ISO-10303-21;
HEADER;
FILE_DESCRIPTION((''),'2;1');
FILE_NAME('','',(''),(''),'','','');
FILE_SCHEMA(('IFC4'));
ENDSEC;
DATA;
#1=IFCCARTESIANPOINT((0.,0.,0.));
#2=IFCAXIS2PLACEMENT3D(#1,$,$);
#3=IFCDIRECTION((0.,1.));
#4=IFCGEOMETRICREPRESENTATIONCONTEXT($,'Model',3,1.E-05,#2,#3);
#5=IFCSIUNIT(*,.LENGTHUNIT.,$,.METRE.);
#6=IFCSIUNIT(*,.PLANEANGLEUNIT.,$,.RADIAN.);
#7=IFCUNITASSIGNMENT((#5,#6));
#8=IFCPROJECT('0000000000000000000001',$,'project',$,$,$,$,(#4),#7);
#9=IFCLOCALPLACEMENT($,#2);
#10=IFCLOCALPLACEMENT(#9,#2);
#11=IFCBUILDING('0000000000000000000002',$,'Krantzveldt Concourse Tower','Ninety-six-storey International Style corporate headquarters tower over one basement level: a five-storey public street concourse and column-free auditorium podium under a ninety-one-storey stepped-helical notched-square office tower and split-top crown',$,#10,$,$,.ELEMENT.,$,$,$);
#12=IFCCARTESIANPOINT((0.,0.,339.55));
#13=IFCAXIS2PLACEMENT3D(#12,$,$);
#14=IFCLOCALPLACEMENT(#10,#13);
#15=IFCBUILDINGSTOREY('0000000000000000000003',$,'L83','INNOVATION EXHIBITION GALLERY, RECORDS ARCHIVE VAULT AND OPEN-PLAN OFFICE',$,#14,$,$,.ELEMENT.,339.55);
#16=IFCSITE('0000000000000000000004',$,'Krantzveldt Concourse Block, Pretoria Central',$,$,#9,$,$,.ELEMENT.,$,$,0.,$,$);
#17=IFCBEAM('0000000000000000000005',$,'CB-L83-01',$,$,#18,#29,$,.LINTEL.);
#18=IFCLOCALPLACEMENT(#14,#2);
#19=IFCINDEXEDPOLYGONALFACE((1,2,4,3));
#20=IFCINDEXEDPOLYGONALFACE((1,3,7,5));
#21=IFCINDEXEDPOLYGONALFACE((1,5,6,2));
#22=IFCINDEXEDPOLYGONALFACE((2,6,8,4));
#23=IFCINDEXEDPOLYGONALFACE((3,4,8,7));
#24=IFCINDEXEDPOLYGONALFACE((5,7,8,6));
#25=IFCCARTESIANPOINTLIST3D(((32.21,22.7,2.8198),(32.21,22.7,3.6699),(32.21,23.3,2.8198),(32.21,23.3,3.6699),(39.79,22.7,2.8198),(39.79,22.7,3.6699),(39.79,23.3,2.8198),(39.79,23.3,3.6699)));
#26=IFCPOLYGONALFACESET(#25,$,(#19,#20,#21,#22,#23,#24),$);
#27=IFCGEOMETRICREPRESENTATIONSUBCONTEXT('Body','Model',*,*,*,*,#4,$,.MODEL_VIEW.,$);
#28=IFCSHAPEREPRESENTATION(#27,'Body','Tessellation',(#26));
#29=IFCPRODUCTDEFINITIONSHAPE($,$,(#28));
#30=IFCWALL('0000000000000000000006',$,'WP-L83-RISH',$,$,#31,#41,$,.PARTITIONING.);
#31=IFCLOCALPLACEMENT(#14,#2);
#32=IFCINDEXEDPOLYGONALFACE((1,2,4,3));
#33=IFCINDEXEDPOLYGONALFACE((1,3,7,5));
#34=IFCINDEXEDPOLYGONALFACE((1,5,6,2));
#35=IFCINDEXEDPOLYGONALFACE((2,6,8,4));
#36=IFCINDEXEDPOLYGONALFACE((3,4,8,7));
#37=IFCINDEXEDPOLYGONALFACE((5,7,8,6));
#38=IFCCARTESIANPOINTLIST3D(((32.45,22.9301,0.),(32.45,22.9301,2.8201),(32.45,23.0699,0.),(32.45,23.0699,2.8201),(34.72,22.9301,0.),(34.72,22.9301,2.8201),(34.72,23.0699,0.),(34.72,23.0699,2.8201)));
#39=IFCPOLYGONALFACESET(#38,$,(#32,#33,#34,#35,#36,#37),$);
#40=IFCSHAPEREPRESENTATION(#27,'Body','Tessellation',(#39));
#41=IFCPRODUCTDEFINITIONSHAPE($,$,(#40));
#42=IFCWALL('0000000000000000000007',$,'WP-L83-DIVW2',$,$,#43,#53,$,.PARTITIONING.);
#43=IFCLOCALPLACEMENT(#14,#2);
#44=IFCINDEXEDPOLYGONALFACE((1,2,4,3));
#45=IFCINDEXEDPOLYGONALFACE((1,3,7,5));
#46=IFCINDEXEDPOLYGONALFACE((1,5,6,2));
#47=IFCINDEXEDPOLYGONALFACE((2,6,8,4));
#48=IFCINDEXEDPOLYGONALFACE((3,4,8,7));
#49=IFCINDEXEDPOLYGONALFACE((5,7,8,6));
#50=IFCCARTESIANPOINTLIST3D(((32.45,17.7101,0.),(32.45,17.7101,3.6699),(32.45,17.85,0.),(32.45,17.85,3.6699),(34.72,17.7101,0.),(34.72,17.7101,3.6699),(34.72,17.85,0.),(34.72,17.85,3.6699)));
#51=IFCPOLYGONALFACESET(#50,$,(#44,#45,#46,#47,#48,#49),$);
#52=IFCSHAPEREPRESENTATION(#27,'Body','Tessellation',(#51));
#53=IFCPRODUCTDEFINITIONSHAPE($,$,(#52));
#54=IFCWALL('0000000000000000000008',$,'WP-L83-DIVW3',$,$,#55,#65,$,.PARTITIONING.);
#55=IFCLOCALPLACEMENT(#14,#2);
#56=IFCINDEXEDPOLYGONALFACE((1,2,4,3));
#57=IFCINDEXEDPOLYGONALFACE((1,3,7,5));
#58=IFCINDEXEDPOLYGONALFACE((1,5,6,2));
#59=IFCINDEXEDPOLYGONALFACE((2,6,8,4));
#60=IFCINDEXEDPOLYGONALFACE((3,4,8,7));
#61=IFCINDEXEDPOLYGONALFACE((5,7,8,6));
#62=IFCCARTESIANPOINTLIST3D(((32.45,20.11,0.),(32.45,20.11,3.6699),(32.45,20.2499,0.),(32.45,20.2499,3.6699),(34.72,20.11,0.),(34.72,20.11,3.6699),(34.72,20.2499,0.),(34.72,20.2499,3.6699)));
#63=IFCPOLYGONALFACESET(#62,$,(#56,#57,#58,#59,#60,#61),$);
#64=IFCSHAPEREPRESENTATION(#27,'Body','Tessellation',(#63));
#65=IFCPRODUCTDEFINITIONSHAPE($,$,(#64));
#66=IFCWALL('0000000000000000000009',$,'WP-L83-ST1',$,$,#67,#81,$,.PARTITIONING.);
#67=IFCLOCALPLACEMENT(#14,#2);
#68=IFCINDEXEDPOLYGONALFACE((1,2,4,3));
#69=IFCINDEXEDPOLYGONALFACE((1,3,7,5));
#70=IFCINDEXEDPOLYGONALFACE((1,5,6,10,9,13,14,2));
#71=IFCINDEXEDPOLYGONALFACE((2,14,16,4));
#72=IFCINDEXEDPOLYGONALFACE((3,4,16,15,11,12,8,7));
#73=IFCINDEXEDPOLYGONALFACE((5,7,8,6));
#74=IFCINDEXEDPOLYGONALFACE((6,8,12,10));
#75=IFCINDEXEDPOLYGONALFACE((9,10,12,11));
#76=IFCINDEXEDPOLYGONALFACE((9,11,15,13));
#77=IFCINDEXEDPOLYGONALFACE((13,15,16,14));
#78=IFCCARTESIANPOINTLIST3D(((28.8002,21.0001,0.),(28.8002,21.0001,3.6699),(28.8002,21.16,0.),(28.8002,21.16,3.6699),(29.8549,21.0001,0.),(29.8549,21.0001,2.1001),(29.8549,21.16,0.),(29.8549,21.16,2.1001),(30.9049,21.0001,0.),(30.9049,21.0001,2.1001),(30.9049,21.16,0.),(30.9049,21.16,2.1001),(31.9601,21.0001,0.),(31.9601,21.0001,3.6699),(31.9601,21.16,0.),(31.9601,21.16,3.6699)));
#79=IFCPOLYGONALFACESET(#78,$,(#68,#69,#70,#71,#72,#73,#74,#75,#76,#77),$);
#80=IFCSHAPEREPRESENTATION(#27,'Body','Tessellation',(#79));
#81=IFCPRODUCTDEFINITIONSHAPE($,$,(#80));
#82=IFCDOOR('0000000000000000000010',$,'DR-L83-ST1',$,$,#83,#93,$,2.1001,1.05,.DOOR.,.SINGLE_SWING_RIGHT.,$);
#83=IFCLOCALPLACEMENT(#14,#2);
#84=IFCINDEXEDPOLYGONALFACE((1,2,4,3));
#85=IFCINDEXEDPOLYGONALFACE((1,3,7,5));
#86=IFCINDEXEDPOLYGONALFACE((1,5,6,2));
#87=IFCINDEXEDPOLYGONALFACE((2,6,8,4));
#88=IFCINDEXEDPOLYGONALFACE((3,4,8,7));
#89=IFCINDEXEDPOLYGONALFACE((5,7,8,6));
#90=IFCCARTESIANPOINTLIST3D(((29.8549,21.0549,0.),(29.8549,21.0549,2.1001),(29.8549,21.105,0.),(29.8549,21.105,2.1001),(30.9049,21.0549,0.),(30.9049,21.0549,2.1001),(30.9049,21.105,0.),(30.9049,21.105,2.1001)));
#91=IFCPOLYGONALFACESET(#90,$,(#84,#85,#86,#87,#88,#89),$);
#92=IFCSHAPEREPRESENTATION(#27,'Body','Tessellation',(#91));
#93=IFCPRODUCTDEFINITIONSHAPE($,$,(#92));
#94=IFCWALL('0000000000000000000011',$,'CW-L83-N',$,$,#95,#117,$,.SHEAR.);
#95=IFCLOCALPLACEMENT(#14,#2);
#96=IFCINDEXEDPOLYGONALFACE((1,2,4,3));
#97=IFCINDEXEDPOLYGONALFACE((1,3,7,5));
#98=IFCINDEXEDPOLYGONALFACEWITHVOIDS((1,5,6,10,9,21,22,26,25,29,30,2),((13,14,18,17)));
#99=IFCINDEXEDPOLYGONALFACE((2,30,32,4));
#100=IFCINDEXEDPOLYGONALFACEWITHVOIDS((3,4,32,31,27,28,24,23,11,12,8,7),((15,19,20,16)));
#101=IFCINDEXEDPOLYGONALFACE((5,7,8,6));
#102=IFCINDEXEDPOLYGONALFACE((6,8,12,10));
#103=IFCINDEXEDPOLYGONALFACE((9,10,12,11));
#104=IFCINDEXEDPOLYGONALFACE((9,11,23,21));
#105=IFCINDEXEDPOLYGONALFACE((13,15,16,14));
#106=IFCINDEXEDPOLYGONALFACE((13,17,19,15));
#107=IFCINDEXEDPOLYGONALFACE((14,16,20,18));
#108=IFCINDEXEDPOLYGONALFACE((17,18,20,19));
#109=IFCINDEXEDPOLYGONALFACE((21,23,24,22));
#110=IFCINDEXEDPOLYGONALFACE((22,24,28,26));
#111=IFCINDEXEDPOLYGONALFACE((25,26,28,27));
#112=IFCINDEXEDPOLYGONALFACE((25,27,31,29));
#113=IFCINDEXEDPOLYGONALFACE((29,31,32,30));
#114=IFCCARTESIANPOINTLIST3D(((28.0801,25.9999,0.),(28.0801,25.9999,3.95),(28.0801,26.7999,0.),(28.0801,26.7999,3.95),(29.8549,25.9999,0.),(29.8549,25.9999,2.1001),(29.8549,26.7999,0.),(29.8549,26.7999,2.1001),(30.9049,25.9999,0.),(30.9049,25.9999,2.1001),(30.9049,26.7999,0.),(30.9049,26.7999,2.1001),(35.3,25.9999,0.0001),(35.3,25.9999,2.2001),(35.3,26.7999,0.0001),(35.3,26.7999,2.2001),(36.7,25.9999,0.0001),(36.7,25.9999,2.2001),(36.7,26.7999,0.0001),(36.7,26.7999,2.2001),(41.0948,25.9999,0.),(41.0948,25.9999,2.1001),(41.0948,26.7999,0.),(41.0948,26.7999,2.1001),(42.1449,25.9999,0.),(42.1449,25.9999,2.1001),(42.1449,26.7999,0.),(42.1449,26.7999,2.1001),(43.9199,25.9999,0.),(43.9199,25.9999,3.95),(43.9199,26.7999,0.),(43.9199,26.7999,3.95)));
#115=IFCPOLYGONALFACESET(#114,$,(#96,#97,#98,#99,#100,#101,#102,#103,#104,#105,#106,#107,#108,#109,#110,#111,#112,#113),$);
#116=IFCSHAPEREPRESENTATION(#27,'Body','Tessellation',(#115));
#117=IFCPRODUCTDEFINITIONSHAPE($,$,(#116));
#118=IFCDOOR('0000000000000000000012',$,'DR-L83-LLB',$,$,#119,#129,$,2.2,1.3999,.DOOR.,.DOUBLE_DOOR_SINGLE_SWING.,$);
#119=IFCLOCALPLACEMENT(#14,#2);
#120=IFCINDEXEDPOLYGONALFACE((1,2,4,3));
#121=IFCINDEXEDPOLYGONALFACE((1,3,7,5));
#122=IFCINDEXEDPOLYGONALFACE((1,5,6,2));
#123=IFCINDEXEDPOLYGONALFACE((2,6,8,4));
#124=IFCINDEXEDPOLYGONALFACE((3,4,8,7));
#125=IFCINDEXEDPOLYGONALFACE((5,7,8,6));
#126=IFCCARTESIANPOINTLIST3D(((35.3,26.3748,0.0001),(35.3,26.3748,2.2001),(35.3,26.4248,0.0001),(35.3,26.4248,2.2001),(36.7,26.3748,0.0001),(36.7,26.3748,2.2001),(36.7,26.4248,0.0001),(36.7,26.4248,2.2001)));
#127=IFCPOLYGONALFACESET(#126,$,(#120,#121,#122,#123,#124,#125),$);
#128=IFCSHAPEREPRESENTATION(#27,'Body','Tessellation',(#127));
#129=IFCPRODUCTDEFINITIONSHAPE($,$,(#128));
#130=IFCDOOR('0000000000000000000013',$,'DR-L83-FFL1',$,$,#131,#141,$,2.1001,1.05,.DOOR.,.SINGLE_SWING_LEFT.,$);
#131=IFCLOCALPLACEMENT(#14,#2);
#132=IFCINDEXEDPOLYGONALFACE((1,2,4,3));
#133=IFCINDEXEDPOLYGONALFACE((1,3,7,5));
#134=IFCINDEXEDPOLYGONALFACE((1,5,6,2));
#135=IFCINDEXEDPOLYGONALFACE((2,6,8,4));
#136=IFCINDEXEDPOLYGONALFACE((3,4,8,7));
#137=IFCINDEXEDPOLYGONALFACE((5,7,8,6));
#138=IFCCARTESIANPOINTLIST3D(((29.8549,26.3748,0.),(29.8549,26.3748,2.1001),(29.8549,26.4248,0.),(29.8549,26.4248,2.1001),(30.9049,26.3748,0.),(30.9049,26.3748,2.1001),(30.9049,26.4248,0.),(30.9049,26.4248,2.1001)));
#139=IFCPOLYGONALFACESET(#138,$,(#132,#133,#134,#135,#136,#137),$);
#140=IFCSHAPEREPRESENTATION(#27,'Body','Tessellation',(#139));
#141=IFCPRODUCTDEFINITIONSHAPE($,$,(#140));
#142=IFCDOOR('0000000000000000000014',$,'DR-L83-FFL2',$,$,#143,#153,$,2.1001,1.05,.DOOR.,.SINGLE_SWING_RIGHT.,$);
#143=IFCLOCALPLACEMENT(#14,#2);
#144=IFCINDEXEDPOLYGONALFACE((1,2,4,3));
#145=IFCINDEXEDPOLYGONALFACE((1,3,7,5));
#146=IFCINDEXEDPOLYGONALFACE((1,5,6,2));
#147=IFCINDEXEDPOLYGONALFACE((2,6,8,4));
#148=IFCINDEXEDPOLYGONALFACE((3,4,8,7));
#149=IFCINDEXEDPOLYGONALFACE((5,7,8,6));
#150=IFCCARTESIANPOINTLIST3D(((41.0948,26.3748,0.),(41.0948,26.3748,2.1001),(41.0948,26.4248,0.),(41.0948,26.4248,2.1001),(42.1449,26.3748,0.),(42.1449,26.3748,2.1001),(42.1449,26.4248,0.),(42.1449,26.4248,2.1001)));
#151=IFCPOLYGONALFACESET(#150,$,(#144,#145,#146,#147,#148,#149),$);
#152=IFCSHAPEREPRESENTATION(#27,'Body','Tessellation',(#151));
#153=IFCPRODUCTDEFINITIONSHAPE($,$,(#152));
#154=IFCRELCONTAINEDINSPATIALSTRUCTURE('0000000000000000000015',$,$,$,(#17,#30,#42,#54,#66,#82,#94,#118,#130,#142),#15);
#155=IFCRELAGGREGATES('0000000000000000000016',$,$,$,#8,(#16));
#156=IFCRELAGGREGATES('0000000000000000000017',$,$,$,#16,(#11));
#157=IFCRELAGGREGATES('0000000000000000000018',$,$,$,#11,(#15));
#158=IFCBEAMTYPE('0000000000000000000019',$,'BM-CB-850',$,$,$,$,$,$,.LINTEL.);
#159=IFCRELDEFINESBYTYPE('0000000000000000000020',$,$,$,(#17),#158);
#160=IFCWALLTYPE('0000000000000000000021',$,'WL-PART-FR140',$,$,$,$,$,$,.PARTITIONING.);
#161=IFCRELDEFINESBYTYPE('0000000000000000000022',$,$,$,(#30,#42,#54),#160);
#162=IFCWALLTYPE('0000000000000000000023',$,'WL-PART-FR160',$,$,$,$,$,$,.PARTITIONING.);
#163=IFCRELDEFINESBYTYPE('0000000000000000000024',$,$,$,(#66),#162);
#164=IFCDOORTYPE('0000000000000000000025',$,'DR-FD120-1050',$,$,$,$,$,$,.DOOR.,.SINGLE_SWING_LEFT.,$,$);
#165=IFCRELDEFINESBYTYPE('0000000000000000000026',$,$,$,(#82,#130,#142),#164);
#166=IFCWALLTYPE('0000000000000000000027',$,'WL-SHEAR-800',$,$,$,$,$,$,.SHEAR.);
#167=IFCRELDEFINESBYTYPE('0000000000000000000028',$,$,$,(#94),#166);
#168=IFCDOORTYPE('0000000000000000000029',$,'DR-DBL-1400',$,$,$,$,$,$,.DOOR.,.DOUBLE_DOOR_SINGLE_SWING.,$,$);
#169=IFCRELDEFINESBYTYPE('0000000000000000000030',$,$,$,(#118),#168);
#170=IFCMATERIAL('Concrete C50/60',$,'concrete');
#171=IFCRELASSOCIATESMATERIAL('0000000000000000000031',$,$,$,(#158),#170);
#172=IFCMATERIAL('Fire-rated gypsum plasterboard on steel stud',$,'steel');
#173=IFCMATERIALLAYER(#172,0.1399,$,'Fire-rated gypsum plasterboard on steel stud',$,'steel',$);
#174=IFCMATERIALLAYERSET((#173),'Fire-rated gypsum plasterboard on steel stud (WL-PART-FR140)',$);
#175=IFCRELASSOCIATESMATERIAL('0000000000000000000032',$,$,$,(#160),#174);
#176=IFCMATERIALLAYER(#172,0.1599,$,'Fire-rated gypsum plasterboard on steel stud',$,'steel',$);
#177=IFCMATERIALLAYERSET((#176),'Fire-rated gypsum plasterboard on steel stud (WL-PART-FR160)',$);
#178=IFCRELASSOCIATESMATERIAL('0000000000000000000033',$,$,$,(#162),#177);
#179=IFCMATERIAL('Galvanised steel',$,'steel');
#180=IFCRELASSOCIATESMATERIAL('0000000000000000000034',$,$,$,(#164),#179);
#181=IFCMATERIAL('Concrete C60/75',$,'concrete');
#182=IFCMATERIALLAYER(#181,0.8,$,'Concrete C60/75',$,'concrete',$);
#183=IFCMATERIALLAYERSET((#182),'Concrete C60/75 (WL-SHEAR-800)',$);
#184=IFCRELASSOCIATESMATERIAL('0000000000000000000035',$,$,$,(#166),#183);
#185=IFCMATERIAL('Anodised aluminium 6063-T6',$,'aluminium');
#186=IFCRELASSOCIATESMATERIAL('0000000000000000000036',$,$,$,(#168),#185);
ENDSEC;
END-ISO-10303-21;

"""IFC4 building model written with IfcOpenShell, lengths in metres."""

from ifc_helpers import new_model, si_unit, direction, frame, frame_2d, origin, origin_2d, place, context, subcontext, project, spatial, rectangle, extrude, source, transform, mapped, material, layer, layer_set, material_profile, profile_set, type_object, type_shapes, element, fill, save


model = new_model("IFC4")

# Units and contexts
model_context = context("Model", 3, precision=1e-05, world=origin(), true_north=direction((0.0, 1.0)))
body_context = subcontext(model_context, "Body", "Model", "MODEL_VIEW")
ifc_project = project(units=[si_unit("LENGTHUNIT", "METRE"), si_unit("PLANEANGLEUNIT", "RADIAN")], contexts=[model_context])

# Site, building, storey
site_placement = place(None, origin())
site = spatial("IfcSite", under=ifc_project, at=site_placement, Name="Krantzveldt Concourse Block, Pretoria Central", CompositionType="ELEMENT", RefElevation=0.0)
building_placement = place(site_placement, origin())
building = spatial("IfcBuilding", under=site, at=building_placement, Name="Krantzveldt Concourse Tower", Description="Ninety-six-storey International Style corporate headquarters tower over one basement level: a five-storey public street concourse and column-free auditorium podium under a ninety-one-storey stepped-helical notched-square office tower and split-top crown", CompositionType="ELEMENT")
storey_placement = place(building_placement, frame((0.0, 0.0, 339.55)))
storey = spatial("IfcBuildingStorey", under=building, at=storey_placement, Name="L83", Description="INNOVATION EXHIBITION GALLERY, RECORDS ARCHIVE VAULT AND OPEN-PLAN OFFICE", CompositionType="ELEMENT", Elevation=339.55)

# Beam
ifc_material_1 = material(Name="Concrete C50/60", Category="concrete")
ifc_material_profile = material_profile(ifc_material_1, rectangle(XDim=0.6001, YDim=0.8501, at=origin_2d()), Name="Concrete C50/60", Category="concrete")
ifc_profile_set = profile_set([ifc_material_profile], Name="Concrete C50/60 - RC-CB 600x850")
beam_type = type_object("IfcBeamType", Name="BM-CB-850", PredefinedType="LINTEL", material=ifc_profile_set)
shared_shape = source(origin(), body_context, "Body", "SweptSolid", [
    extrude(rectangle(XDim=0.6001, YDim=0.8501, at=origin_2d()), origin(), (0.0, 0.0, 1.0), 7.5801),
])
type_shapes(beam_type, [shared_shape])
beam_placement = place(storey_placement, frame((32.21, 23.0, 3.2449), z_axis=(1.0, 0.0, 0.0), x_axis=(0.0, 1.0, 0.0)))
element("IfcBeam", 1, at=beam_placement, inside=storey, type_object=beam_type, Name="CB-L83-01", PredefinedType="LINTEL", context=body_context, shape_type="MappedRepresentation", body=[
    mapped(shared_shape, transform((0.0, 0.0, 0.0), x_axis=(1.0, 0.0, 0.0), y_axis=(0.0, 1.0, 0.0), z_axis=(0.0, 0.0, 1.0), scale=1.0)),
])

# Walls
ifc_material_2 = material(Name="Fire-rated gypsum plasterboard on steel stud", Category="steel")
ifc_layer_1 = layer(ifc_material_2, 0.1399, Name="Fire-rated gypsum plasterboard on steel stud", Category="steel")
ifc_layer_set_1 = layer_set([ifc_layer_1], Name="Fire-rated gypsum plasterboard on steel stud (WL-PART-FR140)")
wall_type_1 = type_object("IfcWallType", Name="WL-PART-FR140", PredefinedType="PARTITIONING", material=ifc_layer_set_1)
wall_1_placement = place(storey_placement, frame((32.45, 23.0, 0.0), z_axis=(0.0, 0.0, 1.0), x_axis=(1.0, 0.0, 0.0)))
element("IfcWall", 2, at=wall_1_placement, inside=storey, type_object=wall_type_1, Name="WP-L83-RISH", PredefinedType="PARTITIONING", context=body_context, shape_type="SweptSolid", body=[
    extrude(rectangle(XDim=2.27, YDim=0.1399, at=frame_2d((1.135, 0.0))), origin(), (0.0, 0.0, 1.0), 2.8201),
])
for number, where, z_axis, x_axis, name in (
    (3, (32.45, 17.78, 0.0), (0.0, 0.0, 1.0), (1.0, 0.0, 0.0), "WP-L83-DIVW2"),
    (4, (32.45, 20.1799, 0.0), (0.0, 0.0, 1.0), (1.0, 0.0, 0.0), "WP-L83-DIVW3"),
):
    element("IfcWall", number, at=place(storey_placement, frame(where, z_axis=z_axis, x_axis=x_axis)), inside=storey, type_object=wall_type_1, Name=name, PredefinedType="PARTITIONING", context=body_context, shape_type="SweptSolid", body=[
        extrude(rectangle(XDim=2.27, YDim=0.1399, at=frame_2d((1.135, 0.0))), origin(), (0.0, 0.0, 1.0), 3.6699),
    ])

# Wall, opening, door
ifc_layer_2 = layer(ifc_material_2, 0.1599, Name="Fire-rated gypsum plasterboard on steel stud", Category="steel")
ifc_layer_set_2 = layer_set([ifc_layer_2], Name="Fire-rated gypsum plasterboard on steel stud (WL-PART-FR160)")
wall_type_2 = type_object("IfcWallType", Name="WL-PART-FR160", PredefinedType="PARTITIONING", material=ifc_layer_set_2)
wall_2_placement = place(storey_placement, frame((28.8, 21.0801, 0.0), z_axis=(0.0, 0.0, 1.0), x_axis=(1.0, 0.0, 0.0)))
wall_2 = element("IfcWall", 5, at=wall_2_placement, inside=storey, type_object=wall_type_2, Name="WP-L83-ST1", PredefinedType="PARTITIONING", context=body_context, shape_type="SweptSolid", body=[
    extrude(rectangle(XDim=3.1599, YDim=0.1599, at=frame_2d((1.5801, 0.0))), origin(), (0.0, 0.0, 1.0), 3.6699),
])
opening_1_placement = place(wall_2_placement, frame((1.0549, 0.0, 0.0)))
opening_1 = element("IfcOpeningElement", 6, at=opening_1_placement, cuts=wall_2, PredefinedType="OPENING", context=body_context, shape_type="SweptSolid", body=[
    extrude(rectangle(XDim=1.05, YDim=2.1001, at=frame_2d((0.5249, 1.05))), frame((0.0, 0.0898, 0.0), z_axis=(0.0, -1.0, 0.0), x_axis=(1.0, 0.0, 0.0)), (0.0, 0.0, 1.0), 0.1799),
])
ifc_material_3 = material(Name="Galvanised steel", Category="steel")
door_type_1 = type_object("IfcDoorType", Name="DR-FD120-1050", OperationType="SINGLE_SWING_LEFT", PredefinedType="DOOR", material=ifc_material_3)
door_1_placement = place(opening_1_placement, origin())
door_1 = element("IfcDoor", 7, at=door_1_placement, inside=storey, type_object=door_type_1, Name="DR-L83-ST1", OperationType="SINGLE_SWING_RIGHT", OverallHeight=2.1001, OverallWidth=1.05, PredefinedType="DOOR", context=body_context, shape_type="SweptSolid", body=[
    extrude(rectangle(XDim=1.05, YDim=2.1001, at=frame_2d((0.5249, 1.05))), frame((0.0, 0.0249, 0.0), z_axis=(0.0, -1.0, 0.0), x_axis=(1.0, 0.0, 0.0)), (0.0, 0.0, 1.0), 0.05),
])
fill(opening_1, door_1)

# Wall, openings, doors
ifc_material_4 = material(Name="Concrete C60/75", Category="concrete")
ifc_layer_3 = layer(ifc_material_4, 0.8, Name="Concrete C60/75", Category="concrete")
ifc_layer_set_3 = layer_set([ifc_layer_3], Name="Concrete C60/75 (WL-SHEAR-800)")
wall_type_3 = type_object("IfcWallType", Name="WL-SHEAR-800", PredefinedType="SHEAR", material=ifc_layer_set_3)
wall_3_placement = place(storey_placement, frame((28.0801, 26.3999, 0.0), z_axis=(0.0, 0.0, 1.0), x_axis=(1.0, 0.0, 0.0)))
wall_3 = element("IfcWall", 8, at=wall_3_placement, inside=storey, type_object=wall_type_3, Name="CW-L83-N", PredefinedType="SHEAR", context=body_context, shape_type="SweptSolid", body=[
    extrude(rectangle(XDim=15.8398, YDim=0.8, at=frame_2d((7.9199, 0.0))), origin(), (0.0, 0.0, 1.0), 3.95),
])
opening_2_placement = place(wall_3_placement, frame((7.22, 0.0, 0.0)))
opening_2 = element("IfcOpeningElement", 9, at=opening_2_placement, cuts=wall_3, PredefinedType="OPENING", context=body_context, shape_type="SweptSolid", body=[
    extrude(rectangle(XDim=1.3999, YDim=2.2, at=frame_2d((0.7, 1.1001))), frame((0.0, 0.4102, 0.0), z_axis=(0.0, -1.0, 0.0), x_axis=(1.0, 0.0, 0.0)), (0.0, 0.0, 1.0), 0.8201),
])
opening_3_placement = place(wall_3_placement, frame((1.7749, 0.0, 0.0)))
opening_3 = element("IfcOpeningElement", 10, at=opening_3_placement, cuts=wall_3, PredefinedType="OPENING", context=body_context, shape_type="SweptSolid", body=[
    extrude(rectangle(XDim=1.05, YDim=2.1001, at=frame_2d((0.5249, 1.05))), frame((0.0, 0.4102, 0.0), z_axis=(0.0, -1.0, 0.0), x_axis=(1.0, 0.0, 0.0)), (0.0, 0.0, 1.0), 0.8201),
])
opening_4_placement = place(wall_3_placement, frame((13.0149, 0.0, 0.0)))
opening_4 = element("IfcOpeningElement", 11, at=opening_4_placement, cuts=wall_3, PredefinedType="OPENING", context=body_context, shape_type="SweptSolid", body=[
    extrude(rectangle(XDim=1.05, YDim=2.1001, at=frame_2d((0.5249, 1.05))), frame((0.0, 0.4102, 0.0), z_axis=(0.0, -1.0, 0.0), x_axis=(1.0, 0.0, 0.0)), (0.0, 0.0, 1.0), 0.8201),
])
ifc_material_5 = material(Name="Anodised aluminium 6063-T6", Category="aluminium")
door_type_2 = type_object("IfcDoorType", Name="DR-DBL-1400", OperationType="DOUBLE_DOOR_SINGLE_SWING", PredefinedType="DOOR", material=ifc_material_5)
door_2_placement = place(opening_2_placement, origin())
door_2 = element("IfcDoor", 12, at=door_2_placement, inside=storey, type_object=door_type_2, Name="DR-L83-LLB", OperationType="DOUBLE_DOOR_SINGLE_SWING", OverallHeight=2.2, OverallWidth=1.3999, PredefinedType="DOOR", context=body_context, shape_type="SweptSolid", body=[
    extrude(rectangle(XDim=1.3999, YDim=2.2, at=frame_2d((0.7, 1.1001))), frame((0.0, 0.0249, 0.0), z_axis=(0.0, -1.0, 0.0), x_axis=(1.0, 0.0, 0.0)), (0.0, 0.0, 1.0), 0.05),
])
fill(opening_2, door_2)
door_3_placement = place(opening_3_placement, origin())
door_3 = element("IfcDoor", 13, at=door_3_placement, inside=storey, type_object=door_type_1, Name="DR-L83-FFL1", OperationType="SINGLE_SWING_LEFT", OverallHeight=2.1001, OverallWidth=1.05, PredefinedType="DOOR", context=body_context, shape_type="SweptSolid", body=[
    extrude(rectangle(XDim=1.05, YDim=2.1001, at=frame_2d((0.5249, 1.05))), frame((0.0, 0.0249, 0.0), z_axis=(0.0, -1.0, 0.0), x_axis=(1.0, 0.0, 0.0)), (0.0, 0.0, 1.0), 0.05),
])
fill(opening_3, door_3)
door_4_placement = place(opening_4_placement, origin())
door_4 = element("IfcDoor", 14, at=door_4_placement, inside=storey, type_object=door_type_1, Name="DR-L83-FFL2", OperationType="SINGLE_SWING_RIGHT", OverallHeight=2.1001, OverallWidth=1.05, PredefinedType="DOOR", context=body_context, shape_type="SweptSolid", body=[
    extrude(rectangle(XDim=1.05, YDim=2.1001, at=frame_2d((0.5249, 1.05))), frame((0.0, 0.0249, 0.0), z_axis=(0.0, -1.0, 0.0), x_axis=(1.0, 0.0, 0.0)), (0.0, 0.0, 1.0), 0.05),
])
fill(opening_4, door_4)

save(model, "model.ifc")
